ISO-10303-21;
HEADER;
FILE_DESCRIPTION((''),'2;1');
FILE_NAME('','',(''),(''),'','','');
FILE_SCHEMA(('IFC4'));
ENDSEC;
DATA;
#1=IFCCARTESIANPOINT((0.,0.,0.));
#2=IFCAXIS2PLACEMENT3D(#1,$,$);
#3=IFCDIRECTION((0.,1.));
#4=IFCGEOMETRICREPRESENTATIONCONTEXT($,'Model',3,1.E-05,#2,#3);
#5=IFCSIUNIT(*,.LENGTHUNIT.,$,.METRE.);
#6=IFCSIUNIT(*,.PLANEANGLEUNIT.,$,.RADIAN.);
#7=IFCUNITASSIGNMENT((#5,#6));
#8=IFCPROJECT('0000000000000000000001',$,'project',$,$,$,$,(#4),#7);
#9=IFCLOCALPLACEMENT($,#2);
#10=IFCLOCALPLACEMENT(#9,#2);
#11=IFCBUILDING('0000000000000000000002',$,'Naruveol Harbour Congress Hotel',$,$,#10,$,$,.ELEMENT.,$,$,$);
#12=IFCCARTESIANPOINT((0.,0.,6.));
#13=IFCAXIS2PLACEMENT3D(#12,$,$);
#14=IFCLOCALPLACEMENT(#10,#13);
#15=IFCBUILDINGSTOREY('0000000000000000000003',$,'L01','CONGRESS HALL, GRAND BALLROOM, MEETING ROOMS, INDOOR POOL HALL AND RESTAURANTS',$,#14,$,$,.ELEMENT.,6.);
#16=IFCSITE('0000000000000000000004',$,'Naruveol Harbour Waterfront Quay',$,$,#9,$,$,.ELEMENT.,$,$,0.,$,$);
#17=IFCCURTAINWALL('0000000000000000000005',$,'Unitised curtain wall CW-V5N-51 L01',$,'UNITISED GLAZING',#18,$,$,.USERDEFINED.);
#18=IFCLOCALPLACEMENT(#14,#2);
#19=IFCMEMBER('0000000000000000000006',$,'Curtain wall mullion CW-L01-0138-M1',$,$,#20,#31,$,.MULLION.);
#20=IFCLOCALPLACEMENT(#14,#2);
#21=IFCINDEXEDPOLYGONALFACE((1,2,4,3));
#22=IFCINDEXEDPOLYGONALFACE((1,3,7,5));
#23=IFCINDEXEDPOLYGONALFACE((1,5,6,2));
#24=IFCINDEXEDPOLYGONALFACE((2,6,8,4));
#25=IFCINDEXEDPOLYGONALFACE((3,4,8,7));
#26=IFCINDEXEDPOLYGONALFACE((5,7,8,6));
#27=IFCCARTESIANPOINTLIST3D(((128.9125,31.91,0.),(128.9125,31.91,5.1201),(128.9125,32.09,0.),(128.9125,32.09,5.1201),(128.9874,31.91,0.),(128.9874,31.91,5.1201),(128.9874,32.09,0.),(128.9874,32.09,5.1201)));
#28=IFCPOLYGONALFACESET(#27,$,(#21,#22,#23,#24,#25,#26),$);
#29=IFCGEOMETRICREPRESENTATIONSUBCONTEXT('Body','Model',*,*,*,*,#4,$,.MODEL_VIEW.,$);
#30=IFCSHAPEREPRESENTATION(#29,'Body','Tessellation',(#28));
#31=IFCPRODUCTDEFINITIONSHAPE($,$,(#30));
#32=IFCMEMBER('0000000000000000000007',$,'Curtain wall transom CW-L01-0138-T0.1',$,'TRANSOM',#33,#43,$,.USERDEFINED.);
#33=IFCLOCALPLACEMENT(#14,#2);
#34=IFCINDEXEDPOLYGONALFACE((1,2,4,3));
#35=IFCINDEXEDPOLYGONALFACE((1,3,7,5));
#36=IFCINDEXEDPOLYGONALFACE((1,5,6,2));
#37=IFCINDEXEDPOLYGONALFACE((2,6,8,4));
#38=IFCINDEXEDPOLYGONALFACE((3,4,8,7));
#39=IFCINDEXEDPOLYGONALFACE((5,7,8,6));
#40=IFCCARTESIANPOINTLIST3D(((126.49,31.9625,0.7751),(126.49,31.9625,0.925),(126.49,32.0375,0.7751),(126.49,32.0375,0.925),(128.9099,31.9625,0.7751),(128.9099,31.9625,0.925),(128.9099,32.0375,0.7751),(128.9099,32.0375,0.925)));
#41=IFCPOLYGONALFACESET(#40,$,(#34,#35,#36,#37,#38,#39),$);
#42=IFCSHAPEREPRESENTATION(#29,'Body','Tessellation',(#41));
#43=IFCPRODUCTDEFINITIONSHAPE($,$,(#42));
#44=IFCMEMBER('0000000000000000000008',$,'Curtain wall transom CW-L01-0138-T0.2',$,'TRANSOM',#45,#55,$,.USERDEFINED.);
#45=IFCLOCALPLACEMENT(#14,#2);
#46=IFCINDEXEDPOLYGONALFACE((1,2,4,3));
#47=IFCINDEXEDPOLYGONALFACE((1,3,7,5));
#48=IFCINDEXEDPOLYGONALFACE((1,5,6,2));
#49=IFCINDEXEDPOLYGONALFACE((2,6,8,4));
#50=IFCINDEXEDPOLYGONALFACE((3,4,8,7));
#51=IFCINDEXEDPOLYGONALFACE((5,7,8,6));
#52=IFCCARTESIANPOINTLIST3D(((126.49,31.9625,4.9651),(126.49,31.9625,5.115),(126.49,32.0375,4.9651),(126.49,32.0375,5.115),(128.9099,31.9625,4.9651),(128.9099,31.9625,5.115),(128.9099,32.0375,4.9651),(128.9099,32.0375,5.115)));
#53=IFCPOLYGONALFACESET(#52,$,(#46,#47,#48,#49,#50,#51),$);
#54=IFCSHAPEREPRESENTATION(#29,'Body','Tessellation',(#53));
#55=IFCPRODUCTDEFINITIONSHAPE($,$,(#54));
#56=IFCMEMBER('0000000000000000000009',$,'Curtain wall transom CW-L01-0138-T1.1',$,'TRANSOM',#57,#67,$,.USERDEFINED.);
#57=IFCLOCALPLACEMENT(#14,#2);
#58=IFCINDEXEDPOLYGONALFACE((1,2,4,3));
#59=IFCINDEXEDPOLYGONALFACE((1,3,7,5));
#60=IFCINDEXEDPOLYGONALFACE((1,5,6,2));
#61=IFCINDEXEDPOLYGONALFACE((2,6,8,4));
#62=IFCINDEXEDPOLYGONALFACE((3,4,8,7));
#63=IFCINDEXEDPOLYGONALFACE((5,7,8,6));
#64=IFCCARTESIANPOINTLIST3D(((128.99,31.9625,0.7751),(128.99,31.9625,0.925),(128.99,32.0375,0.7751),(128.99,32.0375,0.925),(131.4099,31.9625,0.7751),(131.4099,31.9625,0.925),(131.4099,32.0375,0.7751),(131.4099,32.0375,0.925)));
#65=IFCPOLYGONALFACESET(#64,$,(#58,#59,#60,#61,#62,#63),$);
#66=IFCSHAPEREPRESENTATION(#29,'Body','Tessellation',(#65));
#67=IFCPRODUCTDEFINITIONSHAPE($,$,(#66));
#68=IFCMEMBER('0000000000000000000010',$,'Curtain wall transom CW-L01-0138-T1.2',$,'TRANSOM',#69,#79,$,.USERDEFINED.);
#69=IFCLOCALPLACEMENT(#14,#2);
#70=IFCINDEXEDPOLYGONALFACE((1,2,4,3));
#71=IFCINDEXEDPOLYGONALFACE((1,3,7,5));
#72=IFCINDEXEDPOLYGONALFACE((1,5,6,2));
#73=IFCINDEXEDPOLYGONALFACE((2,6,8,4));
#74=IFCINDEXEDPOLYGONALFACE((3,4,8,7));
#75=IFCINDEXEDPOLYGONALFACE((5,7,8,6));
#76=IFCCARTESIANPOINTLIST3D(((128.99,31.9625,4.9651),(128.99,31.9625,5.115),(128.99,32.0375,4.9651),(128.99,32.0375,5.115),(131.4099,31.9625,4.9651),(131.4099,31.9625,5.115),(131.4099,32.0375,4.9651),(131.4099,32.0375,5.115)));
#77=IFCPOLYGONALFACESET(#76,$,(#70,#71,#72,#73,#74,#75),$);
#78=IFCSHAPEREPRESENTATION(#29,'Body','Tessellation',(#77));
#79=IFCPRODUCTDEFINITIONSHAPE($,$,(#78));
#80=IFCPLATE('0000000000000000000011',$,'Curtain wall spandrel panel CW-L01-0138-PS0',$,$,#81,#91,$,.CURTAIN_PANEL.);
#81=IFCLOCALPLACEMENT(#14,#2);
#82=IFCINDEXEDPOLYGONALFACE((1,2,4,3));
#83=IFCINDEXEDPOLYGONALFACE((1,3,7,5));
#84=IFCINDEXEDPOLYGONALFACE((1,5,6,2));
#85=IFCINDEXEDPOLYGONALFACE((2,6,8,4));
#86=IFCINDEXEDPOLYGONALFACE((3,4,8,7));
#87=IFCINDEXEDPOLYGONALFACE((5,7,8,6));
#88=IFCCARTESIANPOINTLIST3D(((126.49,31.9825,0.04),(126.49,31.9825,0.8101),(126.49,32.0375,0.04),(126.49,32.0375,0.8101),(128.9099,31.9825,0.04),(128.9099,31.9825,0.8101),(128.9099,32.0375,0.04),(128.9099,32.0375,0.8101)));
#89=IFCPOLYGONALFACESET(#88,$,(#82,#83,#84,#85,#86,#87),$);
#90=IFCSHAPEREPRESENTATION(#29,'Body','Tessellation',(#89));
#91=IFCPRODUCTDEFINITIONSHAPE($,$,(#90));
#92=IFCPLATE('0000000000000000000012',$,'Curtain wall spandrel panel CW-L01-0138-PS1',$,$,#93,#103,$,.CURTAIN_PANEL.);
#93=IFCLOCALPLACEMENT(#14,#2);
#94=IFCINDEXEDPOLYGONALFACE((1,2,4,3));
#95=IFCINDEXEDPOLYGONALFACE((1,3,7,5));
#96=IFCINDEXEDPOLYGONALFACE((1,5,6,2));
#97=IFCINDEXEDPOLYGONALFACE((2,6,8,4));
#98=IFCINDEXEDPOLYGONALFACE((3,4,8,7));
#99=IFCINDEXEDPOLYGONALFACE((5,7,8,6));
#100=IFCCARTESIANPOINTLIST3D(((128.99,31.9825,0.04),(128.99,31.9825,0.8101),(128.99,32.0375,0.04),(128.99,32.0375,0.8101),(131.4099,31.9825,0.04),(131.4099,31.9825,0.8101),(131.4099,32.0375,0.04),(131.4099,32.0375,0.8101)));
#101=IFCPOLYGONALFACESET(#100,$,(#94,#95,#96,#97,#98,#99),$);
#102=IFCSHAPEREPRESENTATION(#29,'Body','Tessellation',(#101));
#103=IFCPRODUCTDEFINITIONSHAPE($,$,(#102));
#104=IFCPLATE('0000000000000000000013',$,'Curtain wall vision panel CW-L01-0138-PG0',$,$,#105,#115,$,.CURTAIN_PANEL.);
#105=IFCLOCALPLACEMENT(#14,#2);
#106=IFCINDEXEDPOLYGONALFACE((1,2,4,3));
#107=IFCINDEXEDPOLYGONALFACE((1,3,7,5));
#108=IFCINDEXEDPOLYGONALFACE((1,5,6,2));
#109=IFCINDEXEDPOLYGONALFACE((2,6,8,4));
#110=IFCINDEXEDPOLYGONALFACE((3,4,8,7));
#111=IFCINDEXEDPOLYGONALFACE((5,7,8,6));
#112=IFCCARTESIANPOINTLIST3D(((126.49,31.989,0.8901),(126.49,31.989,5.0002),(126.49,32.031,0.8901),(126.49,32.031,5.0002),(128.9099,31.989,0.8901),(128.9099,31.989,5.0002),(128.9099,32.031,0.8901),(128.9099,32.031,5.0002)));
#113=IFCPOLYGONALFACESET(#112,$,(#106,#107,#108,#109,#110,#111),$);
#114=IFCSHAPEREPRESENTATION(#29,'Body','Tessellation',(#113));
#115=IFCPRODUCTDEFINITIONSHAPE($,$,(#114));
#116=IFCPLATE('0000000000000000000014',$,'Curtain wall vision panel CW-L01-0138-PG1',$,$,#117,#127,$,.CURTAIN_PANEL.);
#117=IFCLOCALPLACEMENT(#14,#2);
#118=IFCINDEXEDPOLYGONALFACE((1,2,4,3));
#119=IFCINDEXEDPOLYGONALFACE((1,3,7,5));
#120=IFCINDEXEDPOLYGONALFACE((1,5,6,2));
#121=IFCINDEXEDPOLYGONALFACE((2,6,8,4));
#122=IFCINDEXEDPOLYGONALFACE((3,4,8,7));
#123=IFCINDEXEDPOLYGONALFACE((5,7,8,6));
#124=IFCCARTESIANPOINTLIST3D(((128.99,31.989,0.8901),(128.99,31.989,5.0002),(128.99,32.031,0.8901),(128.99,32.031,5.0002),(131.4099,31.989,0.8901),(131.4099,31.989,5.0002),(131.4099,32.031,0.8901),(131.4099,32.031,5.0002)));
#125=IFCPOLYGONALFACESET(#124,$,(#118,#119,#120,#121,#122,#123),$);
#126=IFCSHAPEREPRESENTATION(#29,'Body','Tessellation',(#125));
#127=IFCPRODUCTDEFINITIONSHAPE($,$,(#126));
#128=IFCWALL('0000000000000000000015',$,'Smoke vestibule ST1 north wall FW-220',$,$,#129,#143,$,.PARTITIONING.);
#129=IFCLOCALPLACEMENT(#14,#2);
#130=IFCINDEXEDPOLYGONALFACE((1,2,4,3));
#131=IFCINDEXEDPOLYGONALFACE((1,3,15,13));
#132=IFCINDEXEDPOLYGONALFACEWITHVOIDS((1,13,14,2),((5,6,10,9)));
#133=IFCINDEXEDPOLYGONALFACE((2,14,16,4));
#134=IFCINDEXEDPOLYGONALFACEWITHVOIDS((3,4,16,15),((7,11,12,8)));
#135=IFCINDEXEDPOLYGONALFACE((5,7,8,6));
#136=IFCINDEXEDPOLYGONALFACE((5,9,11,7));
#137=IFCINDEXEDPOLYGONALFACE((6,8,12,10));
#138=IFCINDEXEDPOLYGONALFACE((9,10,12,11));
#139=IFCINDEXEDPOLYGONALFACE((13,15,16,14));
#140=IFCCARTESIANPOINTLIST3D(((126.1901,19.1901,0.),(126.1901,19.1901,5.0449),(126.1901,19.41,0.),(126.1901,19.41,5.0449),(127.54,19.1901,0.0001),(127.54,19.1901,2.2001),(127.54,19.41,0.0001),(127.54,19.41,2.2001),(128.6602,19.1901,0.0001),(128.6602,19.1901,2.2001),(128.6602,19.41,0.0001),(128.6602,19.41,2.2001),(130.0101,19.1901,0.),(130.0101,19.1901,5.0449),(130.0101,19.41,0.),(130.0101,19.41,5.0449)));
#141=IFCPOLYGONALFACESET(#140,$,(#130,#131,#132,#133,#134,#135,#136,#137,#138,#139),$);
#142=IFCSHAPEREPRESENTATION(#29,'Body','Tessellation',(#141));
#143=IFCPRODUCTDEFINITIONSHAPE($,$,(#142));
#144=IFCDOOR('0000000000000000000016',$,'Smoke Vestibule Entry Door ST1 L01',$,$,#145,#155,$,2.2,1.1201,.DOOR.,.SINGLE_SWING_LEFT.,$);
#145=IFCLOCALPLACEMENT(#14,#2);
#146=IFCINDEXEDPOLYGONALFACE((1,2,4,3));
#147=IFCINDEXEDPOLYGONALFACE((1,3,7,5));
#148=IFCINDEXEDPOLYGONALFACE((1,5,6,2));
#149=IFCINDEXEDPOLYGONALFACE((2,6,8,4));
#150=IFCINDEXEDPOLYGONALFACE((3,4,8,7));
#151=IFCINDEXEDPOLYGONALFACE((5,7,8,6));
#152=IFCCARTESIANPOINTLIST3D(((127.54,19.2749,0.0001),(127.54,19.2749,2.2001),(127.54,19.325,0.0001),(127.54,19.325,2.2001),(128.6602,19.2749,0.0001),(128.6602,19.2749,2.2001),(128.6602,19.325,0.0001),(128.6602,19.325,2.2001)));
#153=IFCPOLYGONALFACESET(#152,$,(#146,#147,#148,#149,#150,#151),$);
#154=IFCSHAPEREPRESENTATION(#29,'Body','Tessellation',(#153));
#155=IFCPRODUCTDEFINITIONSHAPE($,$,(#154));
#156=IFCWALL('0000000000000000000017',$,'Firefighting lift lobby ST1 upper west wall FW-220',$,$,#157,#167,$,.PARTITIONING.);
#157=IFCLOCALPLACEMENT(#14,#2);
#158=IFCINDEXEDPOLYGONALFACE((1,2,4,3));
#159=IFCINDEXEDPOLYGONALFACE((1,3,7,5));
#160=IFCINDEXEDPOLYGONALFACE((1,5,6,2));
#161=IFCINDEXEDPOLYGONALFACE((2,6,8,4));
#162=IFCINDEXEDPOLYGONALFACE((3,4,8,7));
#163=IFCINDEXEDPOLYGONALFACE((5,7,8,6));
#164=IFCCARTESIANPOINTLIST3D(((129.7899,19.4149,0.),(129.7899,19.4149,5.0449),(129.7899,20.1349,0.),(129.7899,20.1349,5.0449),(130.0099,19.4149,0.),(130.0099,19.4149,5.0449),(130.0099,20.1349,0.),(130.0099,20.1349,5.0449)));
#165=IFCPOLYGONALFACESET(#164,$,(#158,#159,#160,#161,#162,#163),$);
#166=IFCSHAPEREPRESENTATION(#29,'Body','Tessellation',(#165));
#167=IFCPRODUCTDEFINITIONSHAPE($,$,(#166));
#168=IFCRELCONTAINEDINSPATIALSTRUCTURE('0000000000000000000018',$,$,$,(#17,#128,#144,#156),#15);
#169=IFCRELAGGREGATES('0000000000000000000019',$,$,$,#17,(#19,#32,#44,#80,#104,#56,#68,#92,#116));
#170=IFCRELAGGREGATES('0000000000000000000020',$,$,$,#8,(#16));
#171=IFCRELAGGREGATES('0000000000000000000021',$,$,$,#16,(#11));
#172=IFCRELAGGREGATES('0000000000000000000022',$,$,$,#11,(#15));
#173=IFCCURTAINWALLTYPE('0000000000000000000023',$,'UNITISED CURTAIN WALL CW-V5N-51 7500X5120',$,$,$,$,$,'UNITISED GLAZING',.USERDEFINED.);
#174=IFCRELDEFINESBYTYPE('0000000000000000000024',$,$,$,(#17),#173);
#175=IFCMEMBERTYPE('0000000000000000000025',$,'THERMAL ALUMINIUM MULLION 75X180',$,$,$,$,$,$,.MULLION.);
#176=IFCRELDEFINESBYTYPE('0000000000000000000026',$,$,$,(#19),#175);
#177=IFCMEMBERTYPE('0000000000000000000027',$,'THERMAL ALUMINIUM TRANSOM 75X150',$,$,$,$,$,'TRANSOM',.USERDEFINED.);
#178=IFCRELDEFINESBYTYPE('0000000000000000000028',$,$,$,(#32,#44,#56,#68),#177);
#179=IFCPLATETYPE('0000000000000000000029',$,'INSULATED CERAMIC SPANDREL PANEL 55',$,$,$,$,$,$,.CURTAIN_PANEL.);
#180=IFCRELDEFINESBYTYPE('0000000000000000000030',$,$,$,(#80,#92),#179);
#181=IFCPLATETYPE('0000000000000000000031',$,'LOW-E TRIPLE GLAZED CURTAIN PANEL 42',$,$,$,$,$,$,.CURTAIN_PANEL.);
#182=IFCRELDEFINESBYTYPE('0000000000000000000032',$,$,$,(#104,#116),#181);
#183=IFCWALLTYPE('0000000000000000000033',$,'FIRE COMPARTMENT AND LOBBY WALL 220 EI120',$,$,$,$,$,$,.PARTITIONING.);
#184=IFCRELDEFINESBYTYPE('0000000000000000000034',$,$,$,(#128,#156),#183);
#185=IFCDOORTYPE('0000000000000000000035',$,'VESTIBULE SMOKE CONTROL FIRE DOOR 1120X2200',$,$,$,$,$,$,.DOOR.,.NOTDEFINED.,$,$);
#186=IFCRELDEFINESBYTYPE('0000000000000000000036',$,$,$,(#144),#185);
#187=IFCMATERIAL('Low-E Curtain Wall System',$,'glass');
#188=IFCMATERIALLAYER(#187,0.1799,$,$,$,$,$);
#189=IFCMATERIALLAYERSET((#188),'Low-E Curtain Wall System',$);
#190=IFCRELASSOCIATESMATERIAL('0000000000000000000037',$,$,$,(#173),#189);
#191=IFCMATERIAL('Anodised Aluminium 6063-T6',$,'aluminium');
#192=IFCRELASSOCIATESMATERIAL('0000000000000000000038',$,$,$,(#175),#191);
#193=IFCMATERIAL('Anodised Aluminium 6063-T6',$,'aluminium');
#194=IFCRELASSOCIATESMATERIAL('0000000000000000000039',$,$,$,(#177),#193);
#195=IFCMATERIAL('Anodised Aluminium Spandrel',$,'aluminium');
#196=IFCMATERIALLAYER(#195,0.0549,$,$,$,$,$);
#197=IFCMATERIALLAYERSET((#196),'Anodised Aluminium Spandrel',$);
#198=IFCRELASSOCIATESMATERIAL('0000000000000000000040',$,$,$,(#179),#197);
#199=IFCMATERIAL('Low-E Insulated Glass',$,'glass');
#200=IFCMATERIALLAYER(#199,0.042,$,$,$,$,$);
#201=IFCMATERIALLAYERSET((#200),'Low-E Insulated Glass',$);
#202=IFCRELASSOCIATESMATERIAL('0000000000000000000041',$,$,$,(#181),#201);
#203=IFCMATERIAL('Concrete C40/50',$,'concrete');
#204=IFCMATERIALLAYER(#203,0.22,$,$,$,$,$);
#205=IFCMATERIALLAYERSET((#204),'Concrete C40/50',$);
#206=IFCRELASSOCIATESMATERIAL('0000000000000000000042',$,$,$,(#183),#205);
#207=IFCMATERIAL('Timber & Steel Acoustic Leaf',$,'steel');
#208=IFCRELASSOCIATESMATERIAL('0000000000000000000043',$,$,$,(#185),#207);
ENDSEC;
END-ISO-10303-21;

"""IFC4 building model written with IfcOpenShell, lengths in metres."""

from ifc_helpers import new_model, si_unit, direction, frame, frame_2d, origin, origin_2d, place, context, subcontext, project, spatial, rectangle, extrude, material, layer, layer_set, material_profile, profile_set, type_object, element, fill, aggregate, save


model = new_model("IFC4")

# Units and contexts
model_context = context("Model", 3, precision=1e-05, world=origin(), true_north=direction((0.0, 1.0)))
body_context = subcontext(model_context, "Body", "Model", "MODEL_VIEW")
ifc_project = project(units=[si_unit("LENGTHUNIT", "METRE"), si_unit("PLANEANGLEUNIT", "RADIAN")], contexts=[model_context])

# Site, building, storey
site_placement = place(None, origin())
site = spatial("IfcSite", under=ifc_project, at=site_placement, Name="Naruveol Harbour Waterfront Quay", CompositionType="ELEMENT", RefElevation=0.0)
building_placement = place(site_placement, origin())
building = spatial("IfcBuilding", under=site, at=building_placement, Name="Naruveol Harbour Congress Hotel", CompositionType="ELEMENT")
storey_placement = place(building_placement, frame((0.0, 0.0, 6.0)))
storey = spatial("IfcBuildingStorey", under=building, at=storey_placement, Name="L01", Description="CONGRESS HALL, GRAND BALLROOM, MEETING ROOMS, INDOOR POOL HALL AND RESTAURANTS", CompositionType="ELEMENT", Elevation=6.0)

# Curtain wall, members, plates
ifc_material_1 = material(Name="Low-E Curtain Wall System", Category="glass")
ifc_layer_1 = layer(ifc_material_1, 0.1799)
ifc_layer_set_1 = layer_set([ifc_layer_1], Name="Low-E Curtain Wall System")
curtain_wall_type = type_object("IfcCurtainWallType", Name="UNITISED CURTAIN WALL CW-V5N-51 7500X5120", ElementType="UNITISED GLAZING", PredefinedType="USERDEFINED", material=ifc_layer_set_1)
curtain_wall_placement = place(storey_placement, origin())
curtain_wall = element("IfcCurtainWall", 1, at=curtain_wall_placement, inside=storey, type_object=curtain_wall_type, Name="Unitised curtain wall CW-V5N-51 L01", ObjectType="UNITISED GLAZING", PredefinedType="USERDEFINED")
ifc_material_2 = material(Name="Anodised Aluminium 6063-T6", Category="aluminium")
ifc_material_profile_1 = material_profile(ifc_material_2, rectangle(XDim=0.075, YDim=0.1799, at=origin_2d()), Name="ALU-75x180")
ifc_profile_set_1 = profile_set([ifc_material_profile_1], Name="Anodised Aluminium 6063-T6")
member_type_1 = type_object("IfcMemberType", Name="THERMAL ALUMINIUM MULLION 75X180", PredefinedType="MULLION", material=ifc_profile_set_1)
member_1_placement = place(storey_placement, frame((128.95, 32.0, 0.0), z_axis=(0.0, 0.0, 1.0), x_axis=(1.0, 0.0, 0.0)))
member_1 = element("IfcMember", 2, at=member_1_placement, type_object=member_type_1, Name="Curtain wall mullion CW-L01-0138-M1", PredefinedType="MULLION", context=body_context, shape_type="SweptSolid", body=[
    extrude(rectangle(XDim=0.075, YDim=0.1799, at=origin_2d()), origin(), (0.0, 0.0, 1.0), 5.1201),
])
ifc_material_3 = material(Name="Anodised Aluminium 6063-T6", Category="aluminium")
ifc_material_profile_2 = material_profile(ifc_material_3, rectangle(XDim=0.075, YDim=0.1499, at=origin_2d()), Name="ALU-75x150")
ifc_profile_set_2 = profile_set([ifc_material_profile_2], Name="Anodised Aluminium 6063-T6")
member_type_2 = type_object("IfcMemberType", Name="THERMAL ALUMINIUM TRANSOM 75X150", ElementType="TRANSOM", PredefinedType="USERDEFINED", material=ifc_profile_set_2)
member_2_placement = place(storey_placement, frame((126.49, 32.0, 0.8501), z_axis=(1.0, 0.0, 0.0), x_axis=(0.0, 1.0, 0.0)))
member_2 = element("IfcMember", 3, at=member_2_placement, type_object=member_type_2, Name="Curtain wall transom CW-L01-0138-T0.1", ObjectType="TRANSOM", PredefinedType="USERDEFINED", context=body_context, shape_type="SweptSolid", body=[
    extrude(rectangle(XDim=0.075, YDim=0.1499, at=origin_2d()), origin(), (0.0, 0.0, 1.0), 2.4199),
])
member_3_placement = place(storey_placement, frame((126.49, 32.0, 5.04), z_axis=(1.0, 0.0, 0.0), x_axis=(0.0, 1.0, 0.0)))
member_3 = element("IfcMember", 4, at=member_3_placement, type_object=member_type_2, Name="Curtain wall transom CW-L01-0138-T0.2", ObjectType="TRANSOM", PredefinedType="USERDEFINED", context=body_context, shape_type="SweptSolid", body=[
    extrude(rectangle(XDim=0.075, YDim=0.1499, at=origin_2d()), origin(), (0.0, 0.0, 1.0), 2.4199),
])
member_4_placement = place(storey_placement, frame((128.99, 32.0, 0.8501), z_axis=(1.0, 0.0, 0.0), x_axis=(0.0, 1.0, 0.0)))
member_4 = element("IfcMember", 5, at=member_4_placement, type_object=member_type_2, Name="Curtain wall transom CW-L01-0138-T1.1", ObjectType="TRANSOM", PredefinedType="USERDEFINED", context=body_context, shape_type="SweptSolid", body=[
    extrude(rectangle(XDim=0.075, YDim=0.1499, at=origin_2d()), origin(), (0.0, 0.0, 1.0), 2.4199),
])
member_5_placement = place(storey_placement, frame((128.99, 32.0, 5.04), z_axis=(1.0, 0.0, 0.0), x_axis=(0.0, 1.0, 0.0)))
member_5 = element("IfcMember", 6, at=member_5_placement, type_object=member_type_2, Name="Curtain wall transom CW-L01-0138-T1.2", ObjectType="TRANSOM", PredefinedType="USERDEFINED", context=body_context, shape_type="SweptSolid", body=[
    extrude(rectangle(XDim=0.075, YDim=0.1499, at=origin_2d()), origin(), (0.0, 0.0, 1.0), 2.4199),
])
ifc_material_4 = material(Name="Anodised Aluminium Spandrel", Category="aluminium")
ifc_layer_2 = layer(ifc_material_4, 0.0549)
ifc_layer_set_2 = layer_set([ifc_layer_2], Name="Anodised Aluminium Spandrel")
plate_type_1 = type_object("IfcPlateType", Name="INSULATED CERAMIC SPANDREL PANEL 55", PredefinedType="CURTAIN_PANEL", material=ifc_layer_set_2)
plate_1_placement = place(storey_placement, frame((127.7, 32.01, 0.04), z_axis=(0.0, 0.0, 1.0), x_axis=(1.0, 0.0, 0.0)))
plate_1 = element("IfcPlate", 7, at=plate_1_placement, type_object=plate_type_1, Name="Curtain wall spandrel panel CW-L01-0138-PS0", PredefinedType="CURTAIN_PANEL", context=body_context, shape_type="SweptSolid", body=[
    extrude(rectangle(XDim=2.4199, YDim=0.0549, at=origin_2d()), origin(), (0.0, 0.0, 1.0), 0.77),
])
plate_2_placement = place(storey_placement, frame((130.2, 32.01, 0.04), z_axis=(0.0, 0.0, 1.0), x_axis=(1.0, 0.0, 0.0)))
plate_2 = element("IfcPlate", 8, at=plate_2_placement, type_object=plate_type_1, Name="Curtain wall spandrel panel CW-L01-0138-PS1", PredefinedType="CURTAIN_PANEL", context=body_context, shape_type="SweptSolid", body=[
    extrude(rectangle(XDim=2.4199, YDim=0.0549, at=origin_2d()), origin(), (0.0, 0.0, 1.0), 0.77),
])
ifc_material_5 = material(Name="Low-E Insulated Glass", Category="glass")
ifc_layer_3 = layer(ifc_material_5, 0.042)
ifc_layer_set_3 = layer_set([ifc_layer_3], Name="Low-E Insulated Glass")
plate_type_2 = type_object("IfcPlateType", Name="LOW-E TRIPLE GLAZED CURTAIN PANEL 42", PredefinedType="CURTAIN_PANEL", material=ifc_layer_set_3)
plate_3_placement = place(storey_placement, frame((127.7, 32.01, 0.8901), z_axis=(0.0, 0.0, 1.0), x_axis=(1.0, 0.0, 0.0)))
plate_3 = element("IfcPlate", 9, at=plate_3_placement, type_object=plate_type_2, Name="Curtain wall vision panel CW-L01-0138-PG0", PredefinedType="CURTAIN_PANEL", context=body_context, shape_type="SweptSolid", body=[
    extrude(rectangle(XDim=2.4199, YDim=0.042, at=origin_2d()), origin(), (0.0, 0.0, 1.0), 4.1101),
])
plate_4_placement = place(storey_placement, frame((130.2, 32.01, 0.8901), z_axis=(0.0, 0.0, 1.0), x_axis=(1.0, 0.0, 0.0)))
plate_4 = element("IfcPlate", 10, at=plate_4_placement, type_object=plate_type_2, Name="Curtain wall vision panel CW-L01-0138-PG1", PredefinedType="CURTAIN_PANEL", context=body_context, shape_type="SweptSolid", body=[
    extrude(rectangle(XDim=2.4199, YDim=0.042, at=origin_2d()), origin(), (0.0, 0.0, 1.0), 4.1101),
])
aggregate(curtain_wall, [member_1, member_2, member_3, plate_1, plate_3, member_4, member_5, plate_2, plate_4])

# Wall, opening, door
ifc_material_6 = material(Name="Concrete C40/50", Category="concrete")
ifc_layer_4 = layer(ifc_material_6, 0.22)
ifc_layer_set_4 = layer_set([ifc_layer_4], Name="Concrete C40/50")
wall_type_1 = type_object("IfcWallType", Name="FIRE COMPARTMENT AND LOBBY WALL 220 EI120", PredefinedType="PARTITIONING", material=ifc_layer_set_4)
wall_1_placement = place(storey_placement, frame((126.1899, 19.3, 0.0), z_axis=(0.0, 0.0, 1.0), x_axis=(1.0, 0.0, 0.0)))
wall_1 = element("IfcWall", 11, at=wall_1_placement, inside=storey, type_object=wall_type_1, Name="Smoke vestibule ST1 north wall FW-220", PredefinedType="PARTITIONING", context=body_context, shape_type="SweptSolid", body=[
    extrude(rectangle(XDim=3.8201, YDim=0.22, at=frame_2d((1.9102, 0.0))), origin(), (0.0, 0.0, 1.0), 5.0449),
])
opening_1_placement = place(wall_1_placement, frame((1.3501, 0.0, 0.0)))
opening_1 = element("IfcOpeningElement", 12, at=opening_1_placement, cuts=wall_1, PredefinedType="OPENING", context=body_context, shape_type="SweptSolid", body=[
    extrude(rectangle(XDim=1.1201, YDim=2.2, at=frame_2d((0.5601, 1.1001))), frame((0.0, 0.1199, 0.0), z_axis=(0.0, -1.0, 0.0), x_axis=(1.0, 0.0, 0.0)), (0.0, 0.0, 1.0), 0.24),
])
ifc_material_7 = material(Name="Timber & Steel Acoustic Leaf", Category="steel")
door_type_1 = type_object("IfcDoorType", Name="VESTIBULE SMOKE CONTROL FIRE DOOR 1120X2200", OperationType="NOTDEFINED", PredefinedType="DOOR", material=ifc_material_7)
door_1_placement = place(opening_1_placement, origin())
door_1 = element("IfcDoor", 13, at=door_1_placement, inside=storey, type_object=door_type_1, Name="Smoke Vestibule Entry Door ST1 L01", OperationType="SINGLE_SWING_LEFT", OverallHeight=2.2, OverallWidth=1.1201, PredefinedType="DOOR", context=body_context, shape_type="SweptSolid", body=[
    extrude(rectangle(XDim=1.1201, YDim=2.2, at=frame_2d((0.5601, 1.1001))), frame((0.0, 0.0249, 0.0), z_axis=(0.0, -1.0, 0.0), x_axis=(1.0, 0.0, 0.0)), (0.0, 0.0, 1.0), 0.05),
])
fill(opening_1, door_1)

# Wall
wall_2_placement = place(storey_placement, frame((129.8999, 19.415, 0.0), z_axis=(0.0, 0.0, 1.0), x_axis=(0.0, 1.0, 0.0)))
element("IfcWall", 14, at=wall_2_placement, inside=storey, type_object=wall_type_1, Name="Firefighting lift lobby ST1 upper west wall FW-220", PredefinedType="PARTITIONING", context=body_context, shape_type="SweptSolid", body=[
    extrude(rectangle(XDim=0.72, YDim=0.22, at=frame_2d((0.3599, 0.0))), origin(), (0.0, 0.0, 1.0), 5.0449),
])

save(model, "model.ifc")
